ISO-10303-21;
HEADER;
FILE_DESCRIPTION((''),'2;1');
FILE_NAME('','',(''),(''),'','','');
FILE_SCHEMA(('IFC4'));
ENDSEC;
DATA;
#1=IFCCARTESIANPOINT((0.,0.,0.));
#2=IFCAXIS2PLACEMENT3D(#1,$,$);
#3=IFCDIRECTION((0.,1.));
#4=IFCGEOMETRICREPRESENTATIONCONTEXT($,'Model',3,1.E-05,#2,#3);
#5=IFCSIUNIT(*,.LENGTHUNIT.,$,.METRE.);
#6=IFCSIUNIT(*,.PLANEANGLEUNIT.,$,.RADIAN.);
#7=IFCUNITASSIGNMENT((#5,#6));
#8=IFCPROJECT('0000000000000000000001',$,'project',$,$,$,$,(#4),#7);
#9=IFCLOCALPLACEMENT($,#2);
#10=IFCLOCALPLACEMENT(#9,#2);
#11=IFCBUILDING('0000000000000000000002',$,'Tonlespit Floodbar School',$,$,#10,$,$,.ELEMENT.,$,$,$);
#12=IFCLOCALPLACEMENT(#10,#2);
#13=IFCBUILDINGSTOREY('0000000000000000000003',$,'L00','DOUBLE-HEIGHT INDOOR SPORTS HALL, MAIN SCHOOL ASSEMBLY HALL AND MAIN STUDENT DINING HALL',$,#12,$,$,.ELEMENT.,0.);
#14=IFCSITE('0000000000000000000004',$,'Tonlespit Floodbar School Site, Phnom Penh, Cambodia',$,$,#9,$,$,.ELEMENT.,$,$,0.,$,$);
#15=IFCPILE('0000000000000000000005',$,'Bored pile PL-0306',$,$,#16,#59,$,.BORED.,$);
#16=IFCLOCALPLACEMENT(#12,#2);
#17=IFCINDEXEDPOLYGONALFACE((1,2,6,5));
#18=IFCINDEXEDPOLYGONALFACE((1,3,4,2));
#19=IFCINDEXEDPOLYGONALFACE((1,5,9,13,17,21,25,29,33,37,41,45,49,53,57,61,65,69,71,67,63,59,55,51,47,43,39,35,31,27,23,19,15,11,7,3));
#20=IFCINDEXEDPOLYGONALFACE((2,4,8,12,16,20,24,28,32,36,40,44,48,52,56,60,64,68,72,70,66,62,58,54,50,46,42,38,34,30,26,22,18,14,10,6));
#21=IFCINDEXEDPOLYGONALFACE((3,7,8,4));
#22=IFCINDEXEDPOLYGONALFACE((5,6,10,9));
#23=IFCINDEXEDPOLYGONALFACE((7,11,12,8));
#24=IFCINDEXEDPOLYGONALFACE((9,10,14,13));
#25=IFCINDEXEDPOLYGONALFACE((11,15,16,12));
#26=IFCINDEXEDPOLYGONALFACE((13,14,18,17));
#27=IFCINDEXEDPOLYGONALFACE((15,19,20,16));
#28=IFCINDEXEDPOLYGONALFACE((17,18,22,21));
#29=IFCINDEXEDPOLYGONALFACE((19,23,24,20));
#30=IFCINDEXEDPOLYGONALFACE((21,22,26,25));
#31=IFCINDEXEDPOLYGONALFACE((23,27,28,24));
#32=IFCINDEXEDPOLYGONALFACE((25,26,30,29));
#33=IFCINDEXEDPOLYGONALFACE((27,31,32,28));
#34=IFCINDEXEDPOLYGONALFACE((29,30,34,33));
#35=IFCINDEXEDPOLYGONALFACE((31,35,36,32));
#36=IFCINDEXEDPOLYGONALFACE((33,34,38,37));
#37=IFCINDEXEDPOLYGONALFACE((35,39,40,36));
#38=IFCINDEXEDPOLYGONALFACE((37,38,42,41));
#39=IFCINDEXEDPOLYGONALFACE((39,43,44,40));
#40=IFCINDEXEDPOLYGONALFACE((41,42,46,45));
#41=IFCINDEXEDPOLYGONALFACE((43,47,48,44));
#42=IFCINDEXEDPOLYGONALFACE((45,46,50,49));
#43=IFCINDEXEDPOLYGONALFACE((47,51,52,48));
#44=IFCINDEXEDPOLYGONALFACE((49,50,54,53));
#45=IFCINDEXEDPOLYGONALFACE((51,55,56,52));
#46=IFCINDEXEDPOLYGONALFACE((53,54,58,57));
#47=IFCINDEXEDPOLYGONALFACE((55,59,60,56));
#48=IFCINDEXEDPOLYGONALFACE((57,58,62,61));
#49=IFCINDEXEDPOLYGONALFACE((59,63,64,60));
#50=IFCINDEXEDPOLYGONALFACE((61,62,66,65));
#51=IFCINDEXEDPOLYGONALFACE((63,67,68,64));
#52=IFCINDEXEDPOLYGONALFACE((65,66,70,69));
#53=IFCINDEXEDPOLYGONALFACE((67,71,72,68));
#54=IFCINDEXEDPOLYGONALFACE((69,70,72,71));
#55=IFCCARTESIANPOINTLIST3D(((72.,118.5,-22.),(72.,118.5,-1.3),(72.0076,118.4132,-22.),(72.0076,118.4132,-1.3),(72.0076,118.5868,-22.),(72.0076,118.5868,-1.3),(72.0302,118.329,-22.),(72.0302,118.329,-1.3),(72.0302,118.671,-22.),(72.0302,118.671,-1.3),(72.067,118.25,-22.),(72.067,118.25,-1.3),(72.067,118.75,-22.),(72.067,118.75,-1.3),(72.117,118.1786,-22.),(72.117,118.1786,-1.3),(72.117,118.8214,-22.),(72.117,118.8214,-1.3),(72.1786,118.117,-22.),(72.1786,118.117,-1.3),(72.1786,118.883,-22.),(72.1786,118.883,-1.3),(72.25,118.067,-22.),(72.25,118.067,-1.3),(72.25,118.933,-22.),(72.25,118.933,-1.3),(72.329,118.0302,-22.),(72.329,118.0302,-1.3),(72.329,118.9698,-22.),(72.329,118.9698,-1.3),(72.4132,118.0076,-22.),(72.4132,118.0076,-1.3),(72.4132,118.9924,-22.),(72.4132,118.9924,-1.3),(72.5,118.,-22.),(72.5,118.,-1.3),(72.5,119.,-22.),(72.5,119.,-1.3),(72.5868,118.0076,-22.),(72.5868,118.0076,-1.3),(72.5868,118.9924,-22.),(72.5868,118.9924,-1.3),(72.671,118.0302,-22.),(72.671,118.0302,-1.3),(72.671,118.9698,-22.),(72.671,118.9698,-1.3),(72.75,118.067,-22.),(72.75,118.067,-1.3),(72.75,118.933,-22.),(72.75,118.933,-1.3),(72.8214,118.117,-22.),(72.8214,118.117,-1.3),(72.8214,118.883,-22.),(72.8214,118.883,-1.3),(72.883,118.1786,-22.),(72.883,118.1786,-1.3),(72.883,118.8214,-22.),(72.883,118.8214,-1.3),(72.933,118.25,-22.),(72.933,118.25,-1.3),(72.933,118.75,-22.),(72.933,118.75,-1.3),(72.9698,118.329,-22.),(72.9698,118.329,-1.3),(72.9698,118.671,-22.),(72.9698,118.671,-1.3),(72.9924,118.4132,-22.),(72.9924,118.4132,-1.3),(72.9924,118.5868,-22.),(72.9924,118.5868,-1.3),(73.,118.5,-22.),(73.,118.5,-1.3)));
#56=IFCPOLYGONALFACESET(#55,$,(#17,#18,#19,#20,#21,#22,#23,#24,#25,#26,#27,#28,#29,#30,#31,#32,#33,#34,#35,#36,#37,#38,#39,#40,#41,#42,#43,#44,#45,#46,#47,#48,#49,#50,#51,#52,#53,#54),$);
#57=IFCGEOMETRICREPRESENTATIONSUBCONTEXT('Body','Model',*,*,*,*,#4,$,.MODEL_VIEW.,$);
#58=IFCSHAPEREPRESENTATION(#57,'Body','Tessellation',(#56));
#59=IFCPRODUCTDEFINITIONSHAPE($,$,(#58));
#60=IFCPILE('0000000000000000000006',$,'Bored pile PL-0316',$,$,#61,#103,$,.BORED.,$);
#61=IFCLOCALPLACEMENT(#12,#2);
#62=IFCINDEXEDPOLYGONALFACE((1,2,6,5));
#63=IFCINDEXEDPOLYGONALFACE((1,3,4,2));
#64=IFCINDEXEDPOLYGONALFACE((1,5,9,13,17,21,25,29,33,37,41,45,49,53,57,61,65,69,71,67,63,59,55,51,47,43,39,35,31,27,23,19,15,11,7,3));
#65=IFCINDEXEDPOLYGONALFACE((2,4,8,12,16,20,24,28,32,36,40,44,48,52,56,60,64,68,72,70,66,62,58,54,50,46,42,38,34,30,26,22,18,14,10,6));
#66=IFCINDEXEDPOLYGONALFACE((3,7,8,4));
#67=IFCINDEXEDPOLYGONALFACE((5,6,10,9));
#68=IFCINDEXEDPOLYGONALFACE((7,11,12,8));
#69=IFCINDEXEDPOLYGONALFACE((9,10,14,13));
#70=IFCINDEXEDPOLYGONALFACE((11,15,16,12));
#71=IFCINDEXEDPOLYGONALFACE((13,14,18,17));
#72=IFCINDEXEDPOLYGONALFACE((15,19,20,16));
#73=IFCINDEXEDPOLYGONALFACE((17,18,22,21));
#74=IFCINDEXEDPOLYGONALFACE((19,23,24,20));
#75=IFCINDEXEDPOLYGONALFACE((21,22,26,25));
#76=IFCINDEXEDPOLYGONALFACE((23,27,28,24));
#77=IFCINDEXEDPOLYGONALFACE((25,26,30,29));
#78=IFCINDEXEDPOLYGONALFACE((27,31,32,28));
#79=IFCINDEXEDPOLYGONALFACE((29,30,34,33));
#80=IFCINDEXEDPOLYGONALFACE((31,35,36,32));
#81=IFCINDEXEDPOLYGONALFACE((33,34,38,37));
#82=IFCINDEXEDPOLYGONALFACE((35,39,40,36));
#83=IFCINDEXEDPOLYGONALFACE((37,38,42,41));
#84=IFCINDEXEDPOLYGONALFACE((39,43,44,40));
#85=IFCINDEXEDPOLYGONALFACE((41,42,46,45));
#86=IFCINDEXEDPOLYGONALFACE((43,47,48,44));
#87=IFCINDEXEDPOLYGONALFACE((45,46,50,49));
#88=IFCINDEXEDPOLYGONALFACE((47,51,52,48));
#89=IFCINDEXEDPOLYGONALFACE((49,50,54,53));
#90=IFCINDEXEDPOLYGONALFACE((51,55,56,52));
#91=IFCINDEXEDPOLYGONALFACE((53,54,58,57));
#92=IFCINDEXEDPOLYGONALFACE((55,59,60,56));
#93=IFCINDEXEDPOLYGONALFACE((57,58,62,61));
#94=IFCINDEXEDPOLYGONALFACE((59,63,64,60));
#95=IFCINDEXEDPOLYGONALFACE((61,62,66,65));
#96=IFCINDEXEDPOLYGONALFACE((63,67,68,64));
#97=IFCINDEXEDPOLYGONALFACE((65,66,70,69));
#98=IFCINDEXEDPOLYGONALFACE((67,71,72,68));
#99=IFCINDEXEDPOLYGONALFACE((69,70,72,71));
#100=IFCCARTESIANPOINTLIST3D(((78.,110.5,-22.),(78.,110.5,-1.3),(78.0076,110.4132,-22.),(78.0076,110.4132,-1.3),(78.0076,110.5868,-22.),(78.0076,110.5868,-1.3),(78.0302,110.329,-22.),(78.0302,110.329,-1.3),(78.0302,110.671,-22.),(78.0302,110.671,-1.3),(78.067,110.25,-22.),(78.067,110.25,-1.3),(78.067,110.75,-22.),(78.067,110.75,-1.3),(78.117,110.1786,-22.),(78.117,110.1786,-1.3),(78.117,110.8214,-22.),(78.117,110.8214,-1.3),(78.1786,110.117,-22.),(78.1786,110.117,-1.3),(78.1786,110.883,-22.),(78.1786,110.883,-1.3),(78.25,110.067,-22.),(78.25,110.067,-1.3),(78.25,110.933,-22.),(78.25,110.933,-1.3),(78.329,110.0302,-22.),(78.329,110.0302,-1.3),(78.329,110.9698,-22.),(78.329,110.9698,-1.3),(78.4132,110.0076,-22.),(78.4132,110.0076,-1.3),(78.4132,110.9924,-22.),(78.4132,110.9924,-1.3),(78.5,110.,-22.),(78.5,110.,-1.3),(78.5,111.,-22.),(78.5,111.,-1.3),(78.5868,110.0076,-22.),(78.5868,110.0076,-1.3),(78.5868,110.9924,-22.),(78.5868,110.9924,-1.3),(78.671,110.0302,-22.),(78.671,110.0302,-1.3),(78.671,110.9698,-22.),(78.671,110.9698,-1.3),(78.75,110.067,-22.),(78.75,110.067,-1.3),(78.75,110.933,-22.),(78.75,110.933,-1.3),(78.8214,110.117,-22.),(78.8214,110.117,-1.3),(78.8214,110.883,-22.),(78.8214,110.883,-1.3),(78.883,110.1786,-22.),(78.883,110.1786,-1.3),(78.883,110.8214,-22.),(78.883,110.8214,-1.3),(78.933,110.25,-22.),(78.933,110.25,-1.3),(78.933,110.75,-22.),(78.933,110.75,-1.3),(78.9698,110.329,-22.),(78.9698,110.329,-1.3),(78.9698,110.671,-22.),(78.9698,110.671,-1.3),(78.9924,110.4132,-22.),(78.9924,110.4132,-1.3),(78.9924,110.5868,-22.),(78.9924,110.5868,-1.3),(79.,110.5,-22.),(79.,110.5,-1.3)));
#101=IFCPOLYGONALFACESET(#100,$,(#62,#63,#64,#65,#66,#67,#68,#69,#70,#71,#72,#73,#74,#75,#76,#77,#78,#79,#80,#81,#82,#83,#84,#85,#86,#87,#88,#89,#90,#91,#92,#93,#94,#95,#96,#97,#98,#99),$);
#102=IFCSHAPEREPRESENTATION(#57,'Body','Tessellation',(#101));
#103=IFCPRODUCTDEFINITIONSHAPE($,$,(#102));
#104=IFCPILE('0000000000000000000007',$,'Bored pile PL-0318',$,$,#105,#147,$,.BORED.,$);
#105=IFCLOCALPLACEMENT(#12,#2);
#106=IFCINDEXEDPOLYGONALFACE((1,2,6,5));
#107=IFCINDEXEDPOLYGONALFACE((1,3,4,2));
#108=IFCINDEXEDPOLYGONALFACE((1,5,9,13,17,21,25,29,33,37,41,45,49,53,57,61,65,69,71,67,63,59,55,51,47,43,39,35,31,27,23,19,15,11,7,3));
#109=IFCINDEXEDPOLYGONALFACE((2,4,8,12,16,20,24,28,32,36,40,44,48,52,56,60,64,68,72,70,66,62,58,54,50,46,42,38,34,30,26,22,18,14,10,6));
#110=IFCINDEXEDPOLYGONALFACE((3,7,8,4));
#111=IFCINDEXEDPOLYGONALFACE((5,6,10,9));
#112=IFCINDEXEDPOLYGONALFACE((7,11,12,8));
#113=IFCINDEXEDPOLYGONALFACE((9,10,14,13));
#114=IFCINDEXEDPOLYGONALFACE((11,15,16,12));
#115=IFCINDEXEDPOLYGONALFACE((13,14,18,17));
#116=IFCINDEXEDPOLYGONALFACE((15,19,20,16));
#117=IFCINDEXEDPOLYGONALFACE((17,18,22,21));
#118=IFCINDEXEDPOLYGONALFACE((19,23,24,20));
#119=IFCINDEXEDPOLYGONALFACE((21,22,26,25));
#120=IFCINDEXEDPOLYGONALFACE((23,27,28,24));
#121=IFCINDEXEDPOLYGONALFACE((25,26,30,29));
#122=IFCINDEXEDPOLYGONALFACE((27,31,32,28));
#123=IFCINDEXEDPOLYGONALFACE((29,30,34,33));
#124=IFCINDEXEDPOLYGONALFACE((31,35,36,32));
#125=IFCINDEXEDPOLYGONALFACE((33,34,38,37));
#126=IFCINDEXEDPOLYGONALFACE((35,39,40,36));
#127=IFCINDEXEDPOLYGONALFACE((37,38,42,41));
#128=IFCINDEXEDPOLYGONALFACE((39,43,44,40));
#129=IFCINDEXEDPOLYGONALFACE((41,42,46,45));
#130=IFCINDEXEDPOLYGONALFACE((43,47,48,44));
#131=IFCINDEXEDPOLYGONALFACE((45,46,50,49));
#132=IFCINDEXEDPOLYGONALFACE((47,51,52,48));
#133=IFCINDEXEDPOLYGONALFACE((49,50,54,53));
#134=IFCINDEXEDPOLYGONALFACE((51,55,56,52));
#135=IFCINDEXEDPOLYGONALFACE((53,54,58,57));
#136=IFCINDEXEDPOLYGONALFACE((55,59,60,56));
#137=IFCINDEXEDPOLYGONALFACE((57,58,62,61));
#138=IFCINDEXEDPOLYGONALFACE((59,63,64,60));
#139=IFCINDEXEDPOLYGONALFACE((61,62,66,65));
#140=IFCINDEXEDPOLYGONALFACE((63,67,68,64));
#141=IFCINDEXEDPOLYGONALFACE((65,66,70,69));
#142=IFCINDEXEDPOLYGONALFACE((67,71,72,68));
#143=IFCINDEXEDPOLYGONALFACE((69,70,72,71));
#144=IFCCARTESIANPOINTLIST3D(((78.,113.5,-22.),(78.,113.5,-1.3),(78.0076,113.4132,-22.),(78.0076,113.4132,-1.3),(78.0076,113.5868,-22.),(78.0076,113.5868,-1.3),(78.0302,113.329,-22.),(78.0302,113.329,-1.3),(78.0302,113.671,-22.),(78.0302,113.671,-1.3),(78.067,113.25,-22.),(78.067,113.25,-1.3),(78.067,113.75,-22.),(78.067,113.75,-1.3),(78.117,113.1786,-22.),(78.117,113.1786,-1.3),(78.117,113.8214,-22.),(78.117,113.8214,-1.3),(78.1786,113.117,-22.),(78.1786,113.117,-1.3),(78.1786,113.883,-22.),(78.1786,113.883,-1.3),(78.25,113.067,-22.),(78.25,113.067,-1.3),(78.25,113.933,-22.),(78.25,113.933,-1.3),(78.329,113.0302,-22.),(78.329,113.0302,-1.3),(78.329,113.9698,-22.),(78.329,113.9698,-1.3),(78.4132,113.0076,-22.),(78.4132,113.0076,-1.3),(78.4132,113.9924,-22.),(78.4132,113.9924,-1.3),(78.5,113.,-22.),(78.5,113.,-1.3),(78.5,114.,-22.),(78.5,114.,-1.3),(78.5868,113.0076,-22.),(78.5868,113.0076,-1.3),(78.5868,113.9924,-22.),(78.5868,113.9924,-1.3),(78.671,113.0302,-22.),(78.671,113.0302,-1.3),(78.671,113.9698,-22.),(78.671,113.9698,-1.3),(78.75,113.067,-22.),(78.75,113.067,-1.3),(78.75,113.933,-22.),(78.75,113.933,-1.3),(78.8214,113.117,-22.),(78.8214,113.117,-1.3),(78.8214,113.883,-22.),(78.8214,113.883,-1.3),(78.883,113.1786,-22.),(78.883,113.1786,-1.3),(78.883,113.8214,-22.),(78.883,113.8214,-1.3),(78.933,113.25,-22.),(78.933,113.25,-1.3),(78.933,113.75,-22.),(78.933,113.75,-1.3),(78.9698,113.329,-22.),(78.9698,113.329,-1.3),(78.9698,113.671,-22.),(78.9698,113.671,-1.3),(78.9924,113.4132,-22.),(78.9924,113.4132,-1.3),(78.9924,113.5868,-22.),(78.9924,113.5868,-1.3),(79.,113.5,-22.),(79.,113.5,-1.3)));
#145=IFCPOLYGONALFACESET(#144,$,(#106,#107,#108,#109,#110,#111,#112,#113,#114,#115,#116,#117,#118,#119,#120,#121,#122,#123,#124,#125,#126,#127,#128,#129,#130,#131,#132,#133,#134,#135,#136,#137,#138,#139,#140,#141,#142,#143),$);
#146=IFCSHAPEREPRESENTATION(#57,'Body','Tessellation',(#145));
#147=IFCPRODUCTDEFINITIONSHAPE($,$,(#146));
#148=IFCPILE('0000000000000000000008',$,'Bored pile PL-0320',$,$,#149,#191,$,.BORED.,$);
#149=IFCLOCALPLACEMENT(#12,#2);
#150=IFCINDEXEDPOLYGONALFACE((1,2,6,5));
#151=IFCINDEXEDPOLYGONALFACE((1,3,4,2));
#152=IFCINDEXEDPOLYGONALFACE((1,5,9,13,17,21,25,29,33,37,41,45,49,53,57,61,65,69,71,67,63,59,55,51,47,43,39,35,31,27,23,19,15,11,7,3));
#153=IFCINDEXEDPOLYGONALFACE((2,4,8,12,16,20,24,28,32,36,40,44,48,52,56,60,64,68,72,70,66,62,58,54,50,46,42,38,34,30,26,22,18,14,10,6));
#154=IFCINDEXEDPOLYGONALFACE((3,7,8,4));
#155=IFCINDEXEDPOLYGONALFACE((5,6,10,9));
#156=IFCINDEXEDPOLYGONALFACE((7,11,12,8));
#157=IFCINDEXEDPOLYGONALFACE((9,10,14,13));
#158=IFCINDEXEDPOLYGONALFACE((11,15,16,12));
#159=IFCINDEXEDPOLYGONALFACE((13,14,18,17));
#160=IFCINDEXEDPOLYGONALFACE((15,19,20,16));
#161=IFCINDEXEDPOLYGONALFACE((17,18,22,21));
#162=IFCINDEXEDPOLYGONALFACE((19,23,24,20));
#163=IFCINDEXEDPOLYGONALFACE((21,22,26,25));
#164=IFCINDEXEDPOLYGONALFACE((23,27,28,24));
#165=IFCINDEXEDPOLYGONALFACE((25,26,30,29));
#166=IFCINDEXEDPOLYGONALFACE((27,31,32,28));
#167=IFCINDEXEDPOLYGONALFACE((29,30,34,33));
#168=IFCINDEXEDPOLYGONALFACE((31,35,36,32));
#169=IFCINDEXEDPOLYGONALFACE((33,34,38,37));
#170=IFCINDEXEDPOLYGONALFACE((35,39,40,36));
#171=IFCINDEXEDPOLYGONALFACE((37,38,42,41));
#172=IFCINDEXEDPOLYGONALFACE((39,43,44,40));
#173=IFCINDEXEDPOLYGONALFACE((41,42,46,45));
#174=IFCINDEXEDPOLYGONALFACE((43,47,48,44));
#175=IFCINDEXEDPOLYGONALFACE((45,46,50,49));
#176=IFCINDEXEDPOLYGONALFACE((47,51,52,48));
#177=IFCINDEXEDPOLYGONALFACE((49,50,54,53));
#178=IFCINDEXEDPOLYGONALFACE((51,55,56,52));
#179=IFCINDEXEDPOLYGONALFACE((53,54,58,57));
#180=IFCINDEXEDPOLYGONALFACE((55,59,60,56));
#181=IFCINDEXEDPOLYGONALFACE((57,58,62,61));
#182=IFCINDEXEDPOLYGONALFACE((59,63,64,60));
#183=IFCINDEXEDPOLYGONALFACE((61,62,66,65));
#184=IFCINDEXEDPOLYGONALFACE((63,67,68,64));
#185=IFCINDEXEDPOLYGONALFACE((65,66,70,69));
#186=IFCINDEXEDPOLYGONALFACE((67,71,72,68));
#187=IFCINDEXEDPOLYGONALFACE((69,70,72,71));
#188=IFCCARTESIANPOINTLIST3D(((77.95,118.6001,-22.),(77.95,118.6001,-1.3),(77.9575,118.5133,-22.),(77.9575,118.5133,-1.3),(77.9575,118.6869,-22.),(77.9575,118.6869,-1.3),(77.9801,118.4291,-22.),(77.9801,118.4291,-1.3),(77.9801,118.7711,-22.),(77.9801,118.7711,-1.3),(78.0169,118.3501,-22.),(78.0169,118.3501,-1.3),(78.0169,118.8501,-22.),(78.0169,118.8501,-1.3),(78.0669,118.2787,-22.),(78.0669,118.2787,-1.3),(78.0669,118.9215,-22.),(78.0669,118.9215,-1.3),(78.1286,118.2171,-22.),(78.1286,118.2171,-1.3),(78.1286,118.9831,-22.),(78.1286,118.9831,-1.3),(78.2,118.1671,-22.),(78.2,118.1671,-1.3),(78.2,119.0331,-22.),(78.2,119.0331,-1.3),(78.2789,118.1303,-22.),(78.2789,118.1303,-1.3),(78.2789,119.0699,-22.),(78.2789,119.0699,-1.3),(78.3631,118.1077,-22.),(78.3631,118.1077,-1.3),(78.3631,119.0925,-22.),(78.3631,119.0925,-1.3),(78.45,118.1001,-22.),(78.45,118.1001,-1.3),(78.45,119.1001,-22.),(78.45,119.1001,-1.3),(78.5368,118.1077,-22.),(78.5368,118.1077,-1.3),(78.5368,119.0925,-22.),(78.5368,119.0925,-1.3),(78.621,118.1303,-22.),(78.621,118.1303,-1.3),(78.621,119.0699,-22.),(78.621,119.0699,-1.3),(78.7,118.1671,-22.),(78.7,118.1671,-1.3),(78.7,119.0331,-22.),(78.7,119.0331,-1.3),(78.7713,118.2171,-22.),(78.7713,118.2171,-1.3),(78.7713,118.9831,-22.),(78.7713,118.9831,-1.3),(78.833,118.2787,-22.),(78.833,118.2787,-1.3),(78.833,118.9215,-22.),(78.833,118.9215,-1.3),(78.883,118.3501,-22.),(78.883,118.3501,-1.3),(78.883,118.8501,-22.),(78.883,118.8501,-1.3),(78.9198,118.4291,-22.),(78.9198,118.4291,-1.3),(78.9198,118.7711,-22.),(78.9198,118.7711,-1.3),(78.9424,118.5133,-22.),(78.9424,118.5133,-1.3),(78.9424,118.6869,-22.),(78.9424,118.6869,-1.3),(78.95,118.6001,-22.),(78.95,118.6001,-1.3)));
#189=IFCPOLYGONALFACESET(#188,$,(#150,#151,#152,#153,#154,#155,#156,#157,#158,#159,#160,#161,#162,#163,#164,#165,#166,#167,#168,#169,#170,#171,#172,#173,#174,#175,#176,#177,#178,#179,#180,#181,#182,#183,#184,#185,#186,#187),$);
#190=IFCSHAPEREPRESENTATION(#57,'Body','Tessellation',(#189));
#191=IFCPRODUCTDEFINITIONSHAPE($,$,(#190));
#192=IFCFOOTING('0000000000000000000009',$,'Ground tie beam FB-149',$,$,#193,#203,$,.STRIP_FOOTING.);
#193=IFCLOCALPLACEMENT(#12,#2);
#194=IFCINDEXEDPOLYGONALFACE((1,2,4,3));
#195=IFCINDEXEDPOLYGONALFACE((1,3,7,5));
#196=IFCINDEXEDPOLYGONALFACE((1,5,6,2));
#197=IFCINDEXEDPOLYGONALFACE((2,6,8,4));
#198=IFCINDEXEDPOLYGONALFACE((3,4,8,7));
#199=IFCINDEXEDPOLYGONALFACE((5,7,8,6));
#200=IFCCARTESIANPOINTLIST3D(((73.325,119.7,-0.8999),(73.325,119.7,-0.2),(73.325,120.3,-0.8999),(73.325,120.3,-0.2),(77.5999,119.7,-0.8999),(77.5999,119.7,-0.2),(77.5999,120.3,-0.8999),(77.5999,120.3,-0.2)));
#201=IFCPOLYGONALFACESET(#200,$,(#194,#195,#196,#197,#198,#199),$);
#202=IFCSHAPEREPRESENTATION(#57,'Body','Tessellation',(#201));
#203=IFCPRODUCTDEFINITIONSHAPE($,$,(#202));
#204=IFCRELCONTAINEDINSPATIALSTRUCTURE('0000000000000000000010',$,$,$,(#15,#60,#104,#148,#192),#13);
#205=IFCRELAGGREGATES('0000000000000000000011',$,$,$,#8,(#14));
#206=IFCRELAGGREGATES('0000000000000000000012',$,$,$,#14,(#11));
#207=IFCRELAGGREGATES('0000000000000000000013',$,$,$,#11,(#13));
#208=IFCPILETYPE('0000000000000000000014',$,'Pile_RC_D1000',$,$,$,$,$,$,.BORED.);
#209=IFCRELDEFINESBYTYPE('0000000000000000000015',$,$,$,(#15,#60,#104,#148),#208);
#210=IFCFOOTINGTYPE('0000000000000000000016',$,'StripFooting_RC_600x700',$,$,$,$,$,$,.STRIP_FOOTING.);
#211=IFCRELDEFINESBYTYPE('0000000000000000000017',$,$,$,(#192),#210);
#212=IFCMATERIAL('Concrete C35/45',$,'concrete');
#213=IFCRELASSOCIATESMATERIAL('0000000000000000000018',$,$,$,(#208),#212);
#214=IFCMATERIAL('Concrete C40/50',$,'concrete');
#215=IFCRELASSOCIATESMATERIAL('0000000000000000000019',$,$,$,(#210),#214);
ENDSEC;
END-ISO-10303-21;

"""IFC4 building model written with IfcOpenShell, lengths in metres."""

from ifc_helpers import new_model, si_unit, direction, frame, origin, origin_2d, place, context, subcontext, project, spatial, rectangle, circle, extrude, material, material_profile, profile_set, type_object, element, save


model = new_model("IFC4")

# Units and contexts
model_context = context("Model", 3, precision=1e-05, world=origin(), true_north=direction((0.0, 1.0)))
body_context = subcontext(model_context, "Body", "Model", "MODEL_VIEW")
ifc_project = project(units=[si_unit("LENGTHUNIT", "METRE"), si_unit("PLANEANGLEUNIT", "RADIAN")], contexts=[model_context])

# Site, building, storey
site_placement = place(None, origin())
site = spatial("IfcSite", under=ifc_project, at=site_placement, Name="Tonlespit Floodbar School Site, Phnom Penh, Cambodia", CompositionType="ELEMENT", RefElevation=0.0)
building_placement = place(site_placement, origin())
building = spatial("IfcBuilding", under=site, at=building_placement, Name="Tonlespit Floodbar School", CompositionType="ELEMENT")
storey_placement = place(building_placement, origin())
storey = spatial("IfcBuildingStorey", under=building, at=storey_placement, Name="L00", Description="DOUBLE-HEIGHT INDOOR SPORTS HALL, MAIN SCHOOL ASSEMBLY HALL AND MAIN STUDENT DINING HALL", CompositionType="ELEMENT", Elevation=0.0)

# Shared definitions
ifc_material_1 = material(Name="Concrete C40/50", Category="concrete")

# Piles
ifc_material_2 = material(Name="Concrete C35/45", Category="concrete")
ifc_material_profile_1 = material_profile(ifc_material_2, circle(Radius=0.5, at=origin_2d()), Name="BP D1000")
ifc_profile_set_1 = profile_set([ifc_material_profile_1], Name="Concrete C35/45")
pile_type = type_object("IfcPileType", Name="Pile_RC_D1000", PredefinedType="BORED", material=ifc_profile_set_1)
for number, where, z_axis, x_axis, name in (
    (1, (72.5, 118.5, -1.3), (0.0, 0.0, -1.0), (1.0, 0.0, 0.0), "Bored pile PL-0306"),
    (2, (78.5, 110.5, -1.3), (0.0, 0.0, -1.0), (1.0, 0.0, 0.0), "Bored pile PL-0316"),
    (3, (78.5, 113.5, -1.3), (0.0, 0.0, -1.0), (1.0, 0.0, 0.0), "Bored pile PL-0318"),
    (4, (78.45, 118.6001, -1.3), (0.0, 0.0, -1.0), (1.0, 0.0, 0.0), "Bored pile PL-0320"),
):
    element("IfcPile", number, at=place(storey_placement, frame(where, z_axis=z_axis, x_axis=x_axis)), inside=storey, type_object=pile_type, Name=name, PredefinedType="BORED", context=body_context, shape_type="SweptSolid", body=[
        extrude(circle(Radius=0.5, at=origin_2d()), origin(), (0.0, 0.0, 1.0), 20.7),
    ])

# Footing
footing_type_1 = type_object("IfcFootingType", Name="StripFooting_RC_600x700", PredefinedType="STRIP_FOOTING", material=ifc_material_1)
footing_1_placement = place(storey_placement, frame((75.4624, 120.0, -0.8999), z_axis=(0.0, 0.0, 1.0), x_axis=(1.0, 0.0, 0.0)))
element("IfcFooting", 5, at=footing_1_placement, inside=storey, type_object=footing_type_1, Name="Ground tie beam FB-149", PredefinedType="STRIP_FOOTING", context=body_context, shape_type="SweptSolid", body=[
    extrude(rectangle(XDim=4.2749, YDim=0.6001, at=origin_2d()), origin(), (0.0, 0.0, 1.0), 0.7),
])

save(model, "model.ifc")
